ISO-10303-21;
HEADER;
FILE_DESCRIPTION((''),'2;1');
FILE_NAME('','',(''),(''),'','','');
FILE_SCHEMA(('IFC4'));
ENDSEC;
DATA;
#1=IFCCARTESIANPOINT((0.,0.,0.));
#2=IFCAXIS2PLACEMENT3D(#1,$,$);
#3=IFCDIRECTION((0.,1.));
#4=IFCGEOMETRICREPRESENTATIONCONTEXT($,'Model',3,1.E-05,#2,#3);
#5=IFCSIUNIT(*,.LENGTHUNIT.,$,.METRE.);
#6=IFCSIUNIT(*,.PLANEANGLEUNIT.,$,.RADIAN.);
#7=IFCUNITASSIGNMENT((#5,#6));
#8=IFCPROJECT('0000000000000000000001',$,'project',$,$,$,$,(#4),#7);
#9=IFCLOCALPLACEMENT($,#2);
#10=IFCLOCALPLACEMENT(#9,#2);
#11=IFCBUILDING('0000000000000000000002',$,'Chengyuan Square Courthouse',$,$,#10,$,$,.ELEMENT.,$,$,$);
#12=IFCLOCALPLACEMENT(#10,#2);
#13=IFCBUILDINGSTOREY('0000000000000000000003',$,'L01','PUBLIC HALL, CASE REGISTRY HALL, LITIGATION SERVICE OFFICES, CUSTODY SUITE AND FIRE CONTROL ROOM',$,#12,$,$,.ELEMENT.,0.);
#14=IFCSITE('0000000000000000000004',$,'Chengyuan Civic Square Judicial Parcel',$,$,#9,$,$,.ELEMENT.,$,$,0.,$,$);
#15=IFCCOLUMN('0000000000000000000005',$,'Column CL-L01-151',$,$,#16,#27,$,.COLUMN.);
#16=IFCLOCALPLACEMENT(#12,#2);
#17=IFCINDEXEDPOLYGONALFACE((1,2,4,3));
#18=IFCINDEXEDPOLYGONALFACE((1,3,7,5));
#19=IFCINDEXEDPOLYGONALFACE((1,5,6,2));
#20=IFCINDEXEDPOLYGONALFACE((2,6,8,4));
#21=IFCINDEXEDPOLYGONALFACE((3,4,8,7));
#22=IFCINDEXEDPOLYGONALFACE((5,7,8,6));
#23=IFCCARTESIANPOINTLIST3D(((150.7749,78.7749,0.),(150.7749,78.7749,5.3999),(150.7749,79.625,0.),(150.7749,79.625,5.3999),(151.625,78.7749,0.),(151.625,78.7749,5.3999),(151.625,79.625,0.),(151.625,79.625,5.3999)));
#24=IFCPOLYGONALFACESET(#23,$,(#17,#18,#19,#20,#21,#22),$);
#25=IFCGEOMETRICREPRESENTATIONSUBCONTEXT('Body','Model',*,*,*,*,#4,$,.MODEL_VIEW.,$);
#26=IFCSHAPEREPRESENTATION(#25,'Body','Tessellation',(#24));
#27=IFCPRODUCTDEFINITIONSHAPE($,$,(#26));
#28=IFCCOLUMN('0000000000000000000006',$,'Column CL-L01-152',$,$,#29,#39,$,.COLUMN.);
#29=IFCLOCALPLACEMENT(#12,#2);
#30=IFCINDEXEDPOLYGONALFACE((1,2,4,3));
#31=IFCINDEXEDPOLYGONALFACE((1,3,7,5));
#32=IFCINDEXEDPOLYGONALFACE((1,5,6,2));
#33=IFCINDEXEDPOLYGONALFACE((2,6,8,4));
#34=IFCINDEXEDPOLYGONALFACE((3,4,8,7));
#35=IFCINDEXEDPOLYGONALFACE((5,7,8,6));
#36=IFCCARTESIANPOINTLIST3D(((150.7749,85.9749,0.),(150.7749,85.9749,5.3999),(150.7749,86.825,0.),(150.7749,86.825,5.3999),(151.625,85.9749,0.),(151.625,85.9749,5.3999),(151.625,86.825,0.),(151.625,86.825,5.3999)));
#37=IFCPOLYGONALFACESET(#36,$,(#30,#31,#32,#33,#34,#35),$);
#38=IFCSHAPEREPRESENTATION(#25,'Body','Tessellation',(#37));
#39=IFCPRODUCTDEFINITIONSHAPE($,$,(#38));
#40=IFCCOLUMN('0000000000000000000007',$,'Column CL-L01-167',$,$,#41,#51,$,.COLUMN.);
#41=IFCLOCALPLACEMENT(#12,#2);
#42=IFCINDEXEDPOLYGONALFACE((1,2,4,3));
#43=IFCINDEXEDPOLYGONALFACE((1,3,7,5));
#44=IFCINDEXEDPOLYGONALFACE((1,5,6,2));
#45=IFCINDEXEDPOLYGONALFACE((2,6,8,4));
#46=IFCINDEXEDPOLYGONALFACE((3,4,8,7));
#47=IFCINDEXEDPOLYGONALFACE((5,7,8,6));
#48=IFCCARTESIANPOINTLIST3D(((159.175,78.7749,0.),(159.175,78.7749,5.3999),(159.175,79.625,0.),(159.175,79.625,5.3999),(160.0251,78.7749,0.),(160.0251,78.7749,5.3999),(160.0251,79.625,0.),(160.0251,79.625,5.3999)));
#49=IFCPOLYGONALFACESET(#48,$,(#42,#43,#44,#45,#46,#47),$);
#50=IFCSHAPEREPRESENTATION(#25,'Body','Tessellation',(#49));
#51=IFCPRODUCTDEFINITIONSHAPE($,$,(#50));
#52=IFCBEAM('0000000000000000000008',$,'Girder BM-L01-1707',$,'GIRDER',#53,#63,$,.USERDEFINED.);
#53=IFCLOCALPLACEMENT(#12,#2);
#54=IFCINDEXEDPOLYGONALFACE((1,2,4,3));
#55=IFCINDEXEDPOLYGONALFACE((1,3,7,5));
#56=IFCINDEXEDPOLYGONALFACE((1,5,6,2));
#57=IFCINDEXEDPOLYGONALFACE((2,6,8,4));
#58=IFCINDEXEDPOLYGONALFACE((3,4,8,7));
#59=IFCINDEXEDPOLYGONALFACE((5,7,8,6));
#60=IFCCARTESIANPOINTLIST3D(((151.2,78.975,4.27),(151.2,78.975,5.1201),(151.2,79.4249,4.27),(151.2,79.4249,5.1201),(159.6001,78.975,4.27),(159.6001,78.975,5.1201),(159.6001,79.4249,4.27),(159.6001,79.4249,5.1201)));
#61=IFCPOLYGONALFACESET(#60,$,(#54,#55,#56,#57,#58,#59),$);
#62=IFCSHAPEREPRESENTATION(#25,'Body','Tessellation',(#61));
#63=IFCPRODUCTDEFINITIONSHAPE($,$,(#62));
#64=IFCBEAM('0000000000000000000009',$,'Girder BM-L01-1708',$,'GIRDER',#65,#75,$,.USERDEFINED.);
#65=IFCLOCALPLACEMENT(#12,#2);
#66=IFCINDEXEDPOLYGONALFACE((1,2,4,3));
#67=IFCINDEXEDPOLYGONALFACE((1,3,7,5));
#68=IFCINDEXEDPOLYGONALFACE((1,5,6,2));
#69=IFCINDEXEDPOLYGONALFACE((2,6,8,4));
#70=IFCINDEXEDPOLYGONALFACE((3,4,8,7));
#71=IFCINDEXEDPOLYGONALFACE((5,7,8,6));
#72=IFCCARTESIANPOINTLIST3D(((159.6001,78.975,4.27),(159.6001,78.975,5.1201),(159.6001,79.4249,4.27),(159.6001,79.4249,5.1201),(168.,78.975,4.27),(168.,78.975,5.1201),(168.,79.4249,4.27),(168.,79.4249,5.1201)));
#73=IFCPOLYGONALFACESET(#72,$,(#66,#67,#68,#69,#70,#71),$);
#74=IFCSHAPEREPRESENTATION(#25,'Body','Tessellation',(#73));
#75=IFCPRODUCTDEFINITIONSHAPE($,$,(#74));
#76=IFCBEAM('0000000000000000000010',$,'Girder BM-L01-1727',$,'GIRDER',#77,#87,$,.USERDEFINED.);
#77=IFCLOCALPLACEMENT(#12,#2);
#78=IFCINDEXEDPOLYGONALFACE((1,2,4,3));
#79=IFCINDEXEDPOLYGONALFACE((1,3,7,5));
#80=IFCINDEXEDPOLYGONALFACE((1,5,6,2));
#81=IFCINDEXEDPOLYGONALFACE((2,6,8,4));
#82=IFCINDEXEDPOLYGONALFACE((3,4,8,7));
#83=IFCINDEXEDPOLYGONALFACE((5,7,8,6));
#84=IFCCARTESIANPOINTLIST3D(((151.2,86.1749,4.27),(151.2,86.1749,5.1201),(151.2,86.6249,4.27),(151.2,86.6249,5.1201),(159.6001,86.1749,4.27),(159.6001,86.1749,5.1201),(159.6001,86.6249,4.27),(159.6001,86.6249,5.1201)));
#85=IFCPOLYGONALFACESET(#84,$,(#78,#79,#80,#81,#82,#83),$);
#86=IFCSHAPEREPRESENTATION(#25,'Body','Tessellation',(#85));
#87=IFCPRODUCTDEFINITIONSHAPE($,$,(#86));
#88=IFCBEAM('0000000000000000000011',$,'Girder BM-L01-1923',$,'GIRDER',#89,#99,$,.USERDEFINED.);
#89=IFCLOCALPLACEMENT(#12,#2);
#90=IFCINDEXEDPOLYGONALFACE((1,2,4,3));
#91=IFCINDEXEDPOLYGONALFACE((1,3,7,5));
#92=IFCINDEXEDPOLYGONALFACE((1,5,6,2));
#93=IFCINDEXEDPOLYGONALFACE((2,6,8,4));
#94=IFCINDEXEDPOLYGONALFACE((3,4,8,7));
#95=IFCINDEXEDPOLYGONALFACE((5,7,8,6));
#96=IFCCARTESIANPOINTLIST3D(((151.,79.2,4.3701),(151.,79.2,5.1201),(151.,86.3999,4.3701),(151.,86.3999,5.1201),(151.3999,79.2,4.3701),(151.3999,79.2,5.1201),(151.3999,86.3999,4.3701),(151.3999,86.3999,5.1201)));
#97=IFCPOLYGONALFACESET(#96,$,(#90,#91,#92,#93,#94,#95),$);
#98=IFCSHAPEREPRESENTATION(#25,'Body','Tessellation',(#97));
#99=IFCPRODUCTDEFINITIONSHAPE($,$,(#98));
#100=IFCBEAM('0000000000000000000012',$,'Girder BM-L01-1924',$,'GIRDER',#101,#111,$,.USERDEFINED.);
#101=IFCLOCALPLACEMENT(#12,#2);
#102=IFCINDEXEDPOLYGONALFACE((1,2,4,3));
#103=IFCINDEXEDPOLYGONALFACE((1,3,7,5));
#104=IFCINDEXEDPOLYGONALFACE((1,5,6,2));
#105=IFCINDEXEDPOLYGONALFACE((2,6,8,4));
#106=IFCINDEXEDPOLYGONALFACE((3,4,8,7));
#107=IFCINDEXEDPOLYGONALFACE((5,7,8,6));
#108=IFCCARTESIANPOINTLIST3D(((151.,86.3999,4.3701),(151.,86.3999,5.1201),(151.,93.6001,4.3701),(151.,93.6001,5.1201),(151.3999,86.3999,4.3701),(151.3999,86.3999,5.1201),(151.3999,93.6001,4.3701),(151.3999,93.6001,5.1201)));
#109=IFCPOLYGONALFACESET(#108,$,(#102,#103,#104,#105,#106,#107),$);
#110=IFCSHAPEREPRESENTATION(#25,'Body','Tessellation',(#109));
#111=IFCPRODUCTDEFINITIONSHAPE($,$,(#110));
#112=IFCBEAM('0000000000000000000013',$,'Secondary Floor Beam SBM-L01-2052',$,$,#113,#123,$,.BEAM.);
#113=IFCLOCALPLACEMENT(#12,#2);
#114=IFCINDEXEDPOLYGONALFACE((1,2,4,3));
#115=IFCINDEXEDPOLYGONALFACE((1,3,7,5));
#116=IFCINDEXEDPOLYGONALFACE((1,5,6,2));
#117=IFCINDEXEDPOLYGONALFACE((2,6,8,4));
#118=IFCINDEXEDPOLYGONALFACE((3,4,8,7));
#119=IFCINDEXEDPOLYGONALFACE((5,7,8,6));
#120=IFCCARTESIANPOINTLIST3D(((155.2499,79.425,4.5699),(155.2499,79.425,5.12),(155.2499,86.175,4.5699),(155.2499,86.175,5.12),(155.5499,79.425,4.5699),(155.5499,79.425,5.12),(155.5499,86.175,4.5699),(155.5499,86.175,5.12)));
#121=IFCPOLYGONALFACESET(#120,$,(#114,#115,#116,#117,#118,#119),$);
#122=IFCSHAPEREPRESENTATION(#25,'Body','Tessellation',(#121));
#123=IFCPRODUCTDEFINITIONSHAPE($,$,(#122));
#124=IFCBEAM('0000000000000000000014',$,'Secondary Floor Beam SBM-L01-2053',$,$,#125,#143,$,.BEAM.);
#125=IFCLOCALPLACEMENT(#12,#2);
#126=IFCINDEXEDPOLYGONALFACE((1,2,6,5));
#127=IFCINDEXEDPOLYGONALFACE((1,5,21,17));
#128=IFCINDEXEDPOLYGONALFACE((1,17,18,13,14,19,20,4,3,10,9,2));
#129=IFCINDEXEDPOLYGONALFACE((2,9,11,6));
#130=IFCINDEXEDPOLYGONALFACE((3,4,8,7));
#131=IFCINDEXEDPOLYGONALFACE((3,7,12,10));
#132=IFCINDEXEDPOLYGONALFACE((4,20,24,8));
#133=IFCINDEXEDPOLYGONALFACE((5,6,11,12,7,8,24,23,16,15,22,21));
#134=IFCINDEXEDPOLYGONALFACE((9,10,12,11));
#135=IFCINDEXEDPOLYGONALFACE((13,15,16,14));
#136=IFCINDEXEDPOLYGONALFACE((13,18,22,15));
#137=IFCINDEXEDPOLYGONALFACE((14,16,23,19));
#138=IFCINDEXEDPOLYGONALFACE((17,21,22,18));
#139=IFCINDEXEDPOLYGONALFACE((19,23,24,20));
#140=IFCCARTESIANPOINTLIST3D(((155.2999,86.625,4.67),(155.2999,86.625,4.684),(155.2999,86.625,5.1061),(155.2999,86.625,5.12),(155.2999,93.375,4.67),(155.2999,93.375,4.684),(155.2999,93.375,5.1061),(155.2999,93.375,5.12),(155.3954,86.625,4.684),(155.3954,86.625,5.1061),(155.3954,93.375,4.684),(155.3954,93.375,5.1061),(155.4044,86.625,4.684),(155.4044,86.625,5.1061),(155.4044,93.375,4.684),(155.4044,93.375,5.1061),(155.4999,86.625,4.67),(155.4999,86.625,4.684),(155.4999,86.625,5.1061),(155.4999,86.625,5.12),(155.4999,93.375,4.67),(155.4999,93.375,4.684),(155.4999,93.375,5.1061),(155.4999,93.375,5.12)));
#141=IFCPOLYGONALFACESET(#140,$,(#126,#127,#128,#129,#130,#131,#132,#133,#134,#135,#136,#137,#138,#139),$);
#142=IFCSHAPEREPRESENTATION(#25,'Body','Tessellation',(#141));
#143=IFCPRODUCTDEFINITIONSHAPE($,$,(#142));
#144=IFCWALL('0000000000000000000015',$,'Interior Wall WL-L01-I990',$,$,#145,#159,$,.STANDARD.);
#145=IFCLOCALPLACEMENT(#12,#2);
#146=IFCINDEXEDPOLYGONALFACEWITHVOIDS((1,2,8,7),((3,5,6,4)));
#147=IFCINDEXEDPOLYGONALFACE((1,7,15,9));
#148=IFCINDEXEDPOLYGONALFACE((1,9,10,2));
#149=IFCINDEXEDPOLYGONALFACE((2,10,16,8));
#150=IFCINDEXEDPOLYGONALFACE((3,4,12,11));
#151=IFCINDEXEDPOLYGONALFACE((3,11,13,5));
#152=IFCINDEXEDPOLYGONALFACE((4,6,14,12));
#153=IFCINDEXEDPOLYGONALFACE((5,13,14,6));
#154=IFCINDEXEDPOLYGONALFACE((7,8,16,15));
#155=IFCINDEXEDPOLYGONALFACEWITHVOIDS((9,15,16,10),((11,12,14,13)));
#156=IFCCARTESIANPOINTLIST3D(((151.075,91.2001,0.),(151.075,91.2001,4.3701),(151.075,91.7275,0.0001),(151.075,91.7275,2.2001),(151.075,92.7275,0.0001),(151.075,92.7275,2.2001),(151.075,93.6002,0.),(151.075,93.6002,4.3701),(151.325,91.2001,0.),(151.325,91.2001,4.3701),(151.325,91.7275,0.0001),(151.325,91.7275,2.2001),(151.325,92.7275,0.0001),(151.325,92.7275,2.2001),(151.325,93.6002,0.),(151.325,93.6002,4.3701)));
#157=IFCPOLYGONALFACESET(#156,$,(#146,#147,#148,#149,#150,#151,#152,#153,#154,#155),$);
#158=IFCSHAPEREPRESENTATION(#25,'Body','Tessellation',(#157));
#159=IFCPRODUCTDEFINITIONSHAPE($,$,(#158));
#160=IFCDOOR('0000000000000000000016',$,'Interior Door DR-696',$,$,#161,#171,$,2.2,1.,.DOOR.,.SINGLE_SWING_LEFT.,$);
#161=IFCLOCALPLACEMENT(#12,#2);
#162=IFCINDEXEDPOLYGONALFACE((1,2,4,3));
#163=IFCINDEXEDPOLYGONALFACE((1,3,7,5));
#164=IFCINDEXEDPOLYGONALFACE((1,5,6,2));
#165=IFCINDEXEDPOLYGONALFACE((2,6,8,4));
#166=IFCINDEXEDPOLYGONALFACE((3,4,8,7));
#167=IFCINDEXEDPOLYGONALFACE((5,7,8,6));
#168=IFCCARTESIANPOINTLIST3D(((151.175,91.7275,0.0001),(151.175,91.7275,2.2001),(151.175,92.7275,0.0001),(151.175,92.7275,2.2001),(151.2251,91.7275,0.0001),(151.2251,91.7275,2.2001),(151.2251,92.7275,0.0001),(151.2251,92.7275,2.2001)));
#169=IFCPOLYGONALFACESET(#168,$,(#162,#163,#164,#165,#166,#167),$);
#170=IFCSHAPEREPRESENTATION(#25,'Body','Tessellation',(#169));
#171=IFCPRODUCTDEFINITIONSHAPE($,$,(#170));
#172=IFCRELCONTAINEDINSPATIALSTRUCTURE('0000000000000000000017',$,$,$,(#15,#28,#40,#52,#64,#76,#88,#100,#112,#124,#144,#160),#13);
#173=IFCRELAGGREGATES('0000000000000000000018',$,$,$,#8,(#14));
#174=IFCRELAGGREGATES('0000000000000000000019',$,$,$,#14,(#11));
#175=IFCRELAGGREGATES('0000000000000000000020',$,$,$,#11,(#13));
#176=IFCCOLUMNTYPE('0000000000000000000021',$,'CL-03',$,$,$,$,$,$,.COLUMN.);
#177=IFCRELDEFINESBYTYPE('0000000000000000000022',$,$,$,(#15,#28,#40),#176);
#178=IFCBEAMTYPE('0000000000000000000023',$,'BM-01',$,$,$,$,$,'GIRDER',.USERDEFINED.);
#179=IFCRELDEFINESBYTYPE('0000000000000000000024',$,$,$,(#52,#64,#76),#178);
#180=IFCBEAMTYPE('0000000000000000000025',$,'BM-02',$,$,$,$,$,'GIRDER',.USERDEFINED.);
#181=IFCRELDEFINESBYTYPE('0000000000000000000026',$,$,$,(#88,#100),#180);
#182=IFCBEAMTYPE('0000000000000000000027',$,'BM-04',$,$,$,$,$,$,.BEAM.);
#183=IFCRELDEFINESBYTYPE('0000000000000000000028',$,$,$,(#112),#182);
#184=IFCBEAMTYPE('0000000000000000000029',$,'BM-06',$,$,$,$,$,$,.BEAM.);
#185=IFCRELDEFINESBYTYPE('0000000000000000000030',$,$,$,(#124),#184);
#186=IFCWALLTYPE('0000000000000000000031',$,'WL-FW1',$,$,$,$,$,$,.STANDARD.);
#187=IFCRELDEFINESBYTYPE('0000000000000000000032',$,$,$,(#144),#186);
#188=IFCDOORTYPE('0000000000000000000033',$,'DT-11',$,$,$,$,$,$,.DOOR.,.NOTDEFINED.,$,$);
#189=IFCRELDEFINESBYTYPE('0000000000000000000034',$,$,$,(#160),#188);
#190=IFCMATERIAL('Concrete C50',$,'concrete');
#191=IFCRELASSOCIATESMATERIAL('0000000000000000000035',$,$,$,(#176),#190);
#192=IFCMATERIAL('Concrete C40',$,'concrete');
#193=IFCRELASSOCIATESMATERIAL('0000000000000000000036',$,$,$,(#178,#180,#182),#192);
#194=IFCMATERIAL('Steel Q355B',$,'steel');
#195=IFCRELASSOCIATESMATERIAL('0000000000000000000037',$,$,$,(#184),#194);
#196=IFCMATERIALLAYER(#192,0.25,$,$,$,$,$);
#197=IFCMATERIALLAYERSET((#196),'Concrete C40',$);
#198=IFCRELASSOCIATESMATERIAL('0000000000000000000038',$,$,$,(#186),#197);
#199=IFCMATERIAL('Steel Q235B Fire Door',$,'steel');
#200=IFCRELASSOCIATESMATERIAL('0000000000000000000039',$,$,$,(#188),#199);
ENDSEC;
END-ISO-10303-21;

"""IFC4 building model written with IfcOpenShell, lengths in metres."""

from ifc_helpers import new_model, si_unit, direction, frame, frame_2d, origin, origin_2d, place, context, subcontext, project, spatial, rectangle, i_section, extrude, material, layer, layer_set, material_profile, profile_set, type_object, element, fill, save


model = new_model("IFC4")

# Units and contexts
model_context = context("Model", 3, precision=1e-05, world=origin(), true_north=direction((0.0, 1.0)))
body_context = subcontext(model_context, "Body", "Model", "MODEL_VIEW")
ifc_project = project(units=[si_unit("LENGTHUNIT", "METRE"), si_unit("PLANEANGLEUNIT", "RADIAN")], contexts=[model_context])

# Site, building, storey
site_placement = place(None, origin())
site = spatial("IfcSite", under=ifc_project, at=site_placement, Name="Chengyuan Civic Square Judicial Parcel", CompositionType="ELEMENT", RefElevation=0.0)
building_placement = place(site_placement, origin())
building = spatial("IfcBuilding", under=site, at=building_placement, Name="Chengyuan Square Courthouse", CompositionType="ELEMENT")
storey_placement = place(building_placement, origin())
storey = spatial("IfcBuildingStorey", under=building, at=storey_placement, Name="L01", Description="PUBLIC HALL, CASE REGISTRY HALL, LITIGATION SERVICE OFFICES, CUSTODY SUITE AND FIRE CONTROL ROOM", CompositionType="ELEMENT", Elevation=0.0)

# Columns
ifc_material_1 = material(Name="Concrete C50", Category="concrete")
ifc_material_profile_1 = material_profile(ifc_material_1, rectangle(XDim=0.8501, YDim=0.8501, at=origin_2d()), Name="RC-COL-850x850")
ifc_profile_set_1 = profile_set([ifc_material_profile_1], Name="Concrete C50")
column_type = type_object("IfcColumnType", Name="CL-03", PredefinedType="COLUMN", material=ifc_profile_set_1)
for number, where, z_axis, x_axis, name in (
    (1, (151.2, 79.2, 0.0), (0.0, 0.0, 1.0), (1.0, 0.0, 0.0), "Column CL-L01-151"),
    (2, (151.2, 86.3999, 0.0), (0.0, 0.0, 1.0), (1.0, 0.0, 0.0), "Column CL-L01-152"),
    (3, (159.6001, 79.2, 0.0), (0.0, 0.0, 1.0), (1.0, 0.0, 0.0), "Column CL-L01-167"),
):
    element("IfcColumn", number, at=place(storey_placement, frame(where, z_axis=z_axis, x_axis=x_axis)), inside=storey, type_object=column_type, Name=name, PredefinedType="COLUMN", context=body_context, shape_type="SweptSolid", body=[
        extrude(rectangle(XDim=0.8501, YDim=0.8501, at=origin_2d()), origin(), (0.0, 0.0, 1.0), 5.3999),
    ])

# Beams
ifc_material_2 = material(Name="Concrete C40", Category="concrete")
ifc_material_profile_2 = material_profile(ifc_material_2, rectangle(XDim=0.45, YDim=0.8501, at=origin_2d()), Name="RC-BM-450x850")
ifc_profile_set_2 = profile_set([ifc_material_profile_2], Name="Concrete C40")
beam_type_1 = type_object("IfcBeamType", Name="BM-01", ElementType="GIRDER", PredefinedType="USERDEFINED", material=ifc_profile_set_2)
beam_1_placement = place(storey_placement, frame((151.2, 79.2, 4.6951), z_axis=(1.0, 0.0, 0.0), x_axis=(0.0, 1.0, 0.0)))
element("IfcBeam", 4, at=beam_1_placement, inside=storey, type_object=beam_type_1, Name="Girder BM-L01-1707", ObjectType="GIRDER", PredefinedType="USERDEFINED", context=body_context, shape_type="SweptSolid", body=[
    extrude(rectangle(XDim=0.45, YDim=0.8501, at=origin_2d()), origin(), (0.0, 0.0, 1.0), 8.4001),
])
beam_2_placement = place(storey_placement, frame((159.6001, 79.2, 4.6951), z_axis=(1.0, 0.0, 0.0), x_axis=(0.0, 1.0, 0.0)))
element("IfcBeam", 5, at=beam_2_placement, inside=storey, type_object=beam_type_1, Name="Girder BM-L01-1708", ObjectType="GIRDER", PredefinedType="USERDEFINED", context=body_context, shape_type="SweptSolid", body=[
    extrude(rectangle(XDim=0.45, YDim=0.8501, at=origin_2d()), origin(), (0.0, 0.0, 1.0), 8.3999),
])
beam_3_placement = place(storey_placement, frame((151.2, 86.3999, 4.6951), z_axis=(1.0, 0.0, 0.0), x_axis=(0.0, 1.0, 0.0)))
element("IfcBeam", 6, at=beam_3_placement, inside=storey, type_object=beam_type_1, Name="Girder BM-L01-1727", ObjectType="GIRDER", PredefinedType="USERDEFINED", context=body_context, shape_type="SweptSolid", body=[
    extrude(rectangle(XDim=0.45, YDim=0.8501, at=origin_2d()), origin(), (0.0, 0.0, 1.0), 8.4001),
])
ifc_material_profile_3 = material_profile(ifc_material_2, rectangle(XDim=0.3999, YDim=0.75, at=origin_2d()), Name="RC-BM-400x750")
ifc_profile_set_3 = profile_set([ifc_material_profile_3], Name="Concrete C40")
beam_type_2 = type_object("IfcBeamType", Name="BM-02", ElementType="GIRDER", PredefinedType="USERDEFINED", material=ifc_profile_set_3)
beam_4_placement = place(storey_placement, frame((151.2, 79.2, 4.7451), z_axis=(0.0, 1.0, 0.0), x_axis=(-1.0, 0.0, 0.0)))
element("IfcBeam", 7, at=beam_4_placement, inside=storey, type_object=beam_type_2, Name="Girder BM-L01-1923", ObjectType="GIRDER", PredefinedType="USERDEFINED", context=body_context, shape_type="SweptSolid", body=[
    extrude(rectangle(XDim=0.3999, YDim=0.75, at=origin_2d()), origin(), (0.0, 0.0, 1.0), 7.2),
])
beam_5_placement = place(storey_placement, frame((151.2, 86.3999, 4.7451), z_axis=(0.0, 1.0, 0.0), x_axis=(-1.0, 0.0, 0.0)))
element("IfcBeam", 8, at=beam_5_placement, inside=storey, type_object=beam_type_2, Name="Girder BM-L01-1924", ObjectType="GIRDER", PredefinedType="USERDEFINED", context=body_context, shape_type="SweptSolid", body=[
    extrude(rectangle(XDim=0.3999, YDim=0.75, at=origin_2d()), origin(), (0.0, 0.0, 1.0), 7.2002),
])
ifc_material_profile_4 = material_profile(ifc_material_2, rectangle(XDim=0.3, YDim=0.55, at=origin_2d()), Name="RC-BM-300x550")
ifc_profile_set_4 = profile_set([ifc_material_profile_4], Name="Concrete C40")
beam_type_3 = type_object("IfcBeamType", Name="BM-04", PredefinedType="BEAM", material=ifc_profile_set_4)
beam_6_placement = place(storey_placement, frame((155.3999, 79.425, 4.845), z_axis=(0.0, 1.0, 0.0), x_axis=(-1.0, 0.0, 0.0)))
element("IfcBeam", 9, at=beam_6_placement, inside=storey, type_object=beam_type_3, Name="Secondary Floor Beam SBM-L01-2052", PredefinedType="BEAM", context=body_context, shape_type="SweptSolid", body=[
    extrude(rectangle(XDim=0.3, YDim=0.55, at=origin_2d()), origin(), (0.0, 0.0, 1.0), 6.75),
])
ifc_material_3 = material(Name="Steel Q355B", Category="steel")
ifc_material_profile_5 = material_profile(ifc_material_3, i_section(OverallWidth=0.2, OverallDepth=0.45, WebThickness=0.009, FlangeThickness=0.0139, at=origin_2d()), Name="HN 450x200x9x14")
ifc_profile_set_5 = profile_set([ifc_material_profile_5], Name="Steel Q355B")
beam_type_4 = type_object("IfcBeamType", Name="BM-06", PredefinedType="BEAM", material=ifc_profile_set_5)
beam_7_placement = place(storey_placement, frame((155.3999, 86.625, 4.895), z_axis=(0.0, 1.0, 0.0), x_axis=(-1.0, 0.0, 0.0)))
element("IfcBeam", 10, at=beam_7_placement, inside=storey, type_object=beam_type_4, Name="Secondary Floor Beam SBM-L01-2053", PredefinedType="BEAM", context=body_context, shape_type="SweptSolid", body=[
    extrude(i_section(OverallWidth=0.2, OverallDepth=0.45, WebThickness=0.009, FlangeThickness=0.0139, at=origin_2d()), origin(), (0.0, 0.0, 1.0), 6.75),
])

# Wall, opening, door
ifc_layer_1 = layer(ifc_material_2, 0.25)
ifc_layer_set_1 = layer_set([ifc_layer_1], Name="Concrete C40")
wall_type_1 = type_object("IfcWallType", Name="WL-FW1", PredefinedType="STANDARD", material=ifc_layer_set_1)
wall_1_placement = place(storey_placement, frame((151.2, 91.2, 0.0), z_axis=(0.0, 0.0, 1.0), x_axis=(0.0, 1.0, 0.0)))
wall_1 = element("IfcWall", 11, at=wall_1_placement, inside=storey, type_object=wall_type_1, Name="Interior Wall WL-L01-I990", PredefinedType="STANDARD", context=body_context, shape_type="SweptSolid", body=[
    extrude(rectangle(XDim=2.4001, YDim=0.25, at=frame_2d((1.2002, 0.0))), origin(), (0.0, 0.0, 1.0), 4.3701),
])
opening_1_placement = place(wall_1_placement, frame((0.5276, 0.0, 0.0)))
opening_1 = element("IfcOpeningElement", 12, at=opening_1_placement, cuts=wall_1, PredefinedType="OPENING", context=body_context, shape_type="SweptSolid", body=[
    extrude(rectangle(XDim=1.0, YDim=2.2, at=frame_2d((0.5, 1.1001))), frame((0.0, 0.137, 0.0), z_axis=(0.0, -1.0, 0.0), x_axis=(1.0, 0.0, 0.0)), (0.0, 0.0, 1.0), 0.2739),
])
ifc_material_4 = material(Name="Steel Q235B Fire Door", Category="steel")
door_type_1 = type_object("IfcDoorType", Name="DT-11", OperationType="NOTDEFINED", PredefinedType="DOOR", material=ifc_material_4)
door_1_placement = place(opening_1_placement, origin())
door_1 = element("IfcDoor", 13, at=door_1_placement, inside=storey, type_object=door_type_1, Name="Interior Door DR-696", OperationType="SINGLE_SWING_LEFT", OverallHeight=2.2, OverallWidth=1.0, PredefinedType="DOOR", context=body_context, shape_type="SweptSolid", body=[
    extrude(rectangle(XDim=1.0, YDim=2.2, at=frame_2d((0.5, 1.1001))), frame((0.0, 0.0249, 0.0), z_axis=(0.0, -1.0, 0.0), x_axis=(1.0, 0.0, 0.0)), (0.0, 0.0, 1.0), 0.05),
])
fill(opening_1, door_1)

save(model, "model.ifc")
